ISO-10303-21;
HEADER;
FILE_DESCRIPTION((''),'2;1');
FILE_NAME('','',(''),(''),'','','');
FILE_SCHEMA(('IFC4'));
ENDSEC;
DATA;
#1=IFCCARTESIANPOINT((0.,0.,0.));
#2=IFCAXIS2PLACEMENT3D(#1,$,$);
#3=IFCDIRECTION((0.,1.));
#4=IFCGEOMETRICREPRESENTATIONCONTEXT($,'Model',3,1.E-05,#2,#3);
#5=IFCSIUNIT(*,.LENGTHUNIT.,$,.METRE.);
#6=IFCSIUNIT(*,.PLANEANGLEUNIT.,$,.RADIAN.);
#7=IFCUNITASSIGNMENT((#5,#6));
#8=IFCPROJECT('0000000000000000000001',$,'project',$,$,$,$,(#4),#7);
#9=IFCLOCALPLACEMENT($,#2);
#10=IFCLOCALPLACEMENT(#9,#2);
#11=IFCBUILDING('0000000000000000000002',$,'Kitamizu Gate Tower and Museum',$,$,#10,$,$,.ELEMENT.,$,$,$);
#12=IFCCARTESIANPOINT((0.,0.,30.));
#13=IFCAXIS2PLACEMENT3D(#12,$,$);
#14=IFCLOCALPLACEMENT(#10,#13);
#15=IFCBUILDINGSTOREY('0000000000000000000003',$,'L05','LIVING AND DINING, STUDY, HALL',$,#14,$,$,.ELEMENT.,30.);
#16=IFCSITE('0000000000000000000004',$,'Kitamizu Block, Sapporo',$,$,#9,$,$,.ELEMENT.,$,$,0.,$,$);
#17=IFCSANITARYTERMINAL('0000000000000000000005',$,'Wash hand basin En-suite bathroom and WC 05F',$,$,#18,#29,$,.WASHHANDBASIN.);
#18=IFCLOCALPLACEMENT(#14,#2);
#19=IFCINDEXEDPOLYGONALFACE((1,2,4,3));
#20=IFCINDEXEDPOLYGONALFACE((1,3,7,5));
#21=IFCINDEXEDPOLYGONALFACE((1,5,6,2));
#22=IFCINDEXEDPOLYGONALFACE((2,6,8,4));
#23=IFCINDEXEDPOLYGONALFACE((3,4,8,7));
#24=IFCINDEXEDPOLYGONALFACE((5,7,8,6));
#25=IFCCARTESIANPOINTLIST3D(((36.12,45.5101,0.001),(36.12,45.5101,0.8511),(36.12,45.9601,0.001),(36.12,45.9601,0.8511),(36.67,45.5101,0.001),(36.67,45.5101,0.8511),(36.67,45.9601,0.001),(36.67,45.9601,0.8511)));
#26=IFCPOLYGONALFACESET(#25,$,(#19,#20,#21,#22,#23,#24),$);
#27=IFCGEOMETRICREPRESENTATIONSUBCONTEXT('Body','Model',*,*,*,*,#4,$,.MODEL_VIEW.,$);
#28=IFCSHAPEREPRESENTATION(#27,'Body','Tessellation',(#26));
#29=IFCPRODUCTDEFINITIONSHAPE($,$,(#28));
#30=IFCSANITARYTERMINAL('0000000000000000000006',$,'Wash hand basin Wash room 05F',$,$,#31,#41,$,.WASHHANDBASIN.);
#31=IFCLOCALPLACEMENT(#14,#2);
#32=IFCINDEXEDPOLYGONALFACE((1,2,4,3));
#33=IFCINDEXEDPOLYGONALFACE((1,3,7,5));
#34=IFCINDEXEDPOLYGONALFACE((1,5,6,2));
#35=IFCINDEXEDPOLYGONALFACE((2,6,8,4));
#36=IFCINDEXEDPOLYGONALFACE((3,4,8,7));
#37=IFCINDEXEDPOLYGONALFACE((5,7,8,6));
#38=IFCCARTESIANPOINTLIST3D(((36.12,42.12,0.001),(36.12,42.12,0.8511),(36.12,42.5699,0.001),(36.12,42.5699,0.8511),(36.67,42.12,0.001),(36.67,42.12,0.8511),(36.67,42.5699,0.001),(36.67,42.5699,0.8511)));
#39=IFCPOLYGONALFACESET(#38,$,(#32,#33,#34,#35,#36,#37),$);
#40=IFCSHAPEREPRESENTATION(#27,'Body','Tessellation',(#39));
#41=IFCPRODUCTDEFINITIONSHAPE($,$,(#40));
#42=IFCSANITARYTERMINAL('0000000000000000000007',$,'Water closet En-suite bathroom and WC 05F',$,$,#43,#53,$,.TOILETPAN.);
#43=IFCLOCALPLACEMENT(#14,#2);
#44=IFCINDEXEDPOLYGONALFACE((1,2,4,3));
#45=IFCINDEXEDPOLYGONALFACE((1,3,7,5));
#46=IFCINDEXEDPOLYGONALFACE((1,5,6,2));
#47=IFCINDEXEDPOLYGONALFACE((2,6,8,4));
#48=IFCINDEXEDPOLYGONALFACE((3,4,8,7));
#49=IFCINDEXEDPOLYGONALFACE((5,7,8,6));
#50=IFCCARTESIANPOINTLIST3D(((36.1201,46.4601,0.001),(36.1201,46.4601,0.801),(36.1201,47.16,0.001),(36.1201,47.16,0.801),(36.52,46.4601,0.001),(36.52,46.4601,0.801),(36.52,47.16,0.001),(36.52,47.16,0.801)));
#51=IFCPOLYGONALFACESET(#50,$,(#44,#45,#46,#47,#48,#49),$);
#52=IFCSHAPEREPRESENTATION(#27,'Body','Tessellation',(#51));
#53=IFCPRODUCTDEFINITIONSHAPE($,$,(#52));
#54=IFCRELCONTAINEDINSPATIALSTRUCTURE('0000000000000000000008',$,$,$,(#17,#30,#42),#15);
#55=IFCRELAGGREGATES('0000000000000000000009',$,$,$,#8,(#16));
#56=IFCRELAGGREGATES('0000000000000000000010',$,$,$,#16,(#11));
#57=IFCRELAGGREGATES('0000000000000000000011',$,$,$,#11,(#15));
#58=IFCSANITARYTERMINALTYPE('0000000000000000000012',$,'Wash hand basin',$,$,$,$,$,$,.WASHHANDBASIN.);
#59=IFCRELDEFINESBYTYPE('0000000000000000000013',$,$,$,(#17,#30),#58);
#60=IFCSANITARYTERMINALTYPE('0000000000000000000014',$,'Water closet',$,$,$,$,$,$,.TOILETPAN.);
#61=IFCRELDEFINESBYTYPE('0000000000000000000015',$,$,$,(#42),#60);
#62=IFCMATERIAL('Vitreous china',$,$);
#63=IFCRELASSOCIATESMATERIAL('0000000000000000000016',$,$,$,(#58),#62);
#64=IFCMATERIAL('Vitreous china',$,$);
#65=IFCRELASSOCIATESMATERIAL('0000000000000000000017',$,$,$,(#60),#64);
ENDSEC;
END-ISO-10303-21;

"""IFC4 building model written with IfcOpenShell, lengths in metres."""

from ifc_helpers import new_model, si_unit, direction, frame, origin, origin_2d, place, context, subcontext, project, spatial, rectangle, extrude, material, type_object, element, save


model = new_model("IFC4")

# Units and contexts
model_context = context("Model", 3, precision=1e-05, world=origin(), true_north=direction((0.0, 1.0)))
body_context = subcontext(model_context, "Body", "Model", "MODEL_VIEW")
ifc_project = project(units=[si_unit("LENGTHUNIT", "METRE"), si_unit("PLANEANGLEUNIT", "RADIAN")], contexts=[model_context])

# Site, building, storey
site_placement = place(None, origin())
site = spatial("IfcSite", under=ifc_project, at=site_placement, Name="Kitamizu Block, Sapporo", CompositionType="ELEMENT", RefElevation=0.0)
building_placement = place(site_placement, origin())
building = spatial("IfcBuilding", under=site, at=building_placement, Name="Kitamizu Gate Tower and Museum", CompositionType="ELEMENT")
storey_placement = place(building_placement, frame((0.0, 0.0, 30.0)))
storey = spatial("IfcBuildingStorey", under=building, at=storey_placement, Name="L05", Description="LIVING AND DINING, STUDY, HALL", CompositionType="ELEMENT", Elevation=30.0)

# Sanitary terminals
ifc_material_1 = material(Name="Vitreous china")
sanitary_terminal_type_1 = type_object("IfcSanitaryTerminalType", Name="Wash hand basin", PredefinedType="WASHHANDBASIN", material=ifc_material_1)
for number, where, z_axis, x_axis, name in (
    (1, (36.395, 45.7351, 0.001), (0.0, 0.0, 1.0), (1.0, 0.0, 0.0), "Wash hand basin En-suite bathroom and WC 05F"),
    (2, (36.395, 42.345, 0.001), (0.0, 0.0, 1.0), (1.0, 0.0, 0.0), "Wash hand basin Wash room 05F"),
):
    element("IfcSanitaryTerminal", number, at=place(storey_placement, frame(where, z_axis=z_axis, x_axis=x_axis)), inside=storey, type_object=sanitary_terminal_type_1, Name=name, PredefinedType="WASHHANDBASIN", context=body_context, shape_type="SweptSolid", body=[
        extrude(rectangle(XDim=0.55, YDim=0.45, at=origin_2d()), origin(), (0.0, 0.0, 1.0), 0.8501),
    ])
ifc_material_2 = material(Name="Vitreous china")
sanitary_terminal_type_2 = type_object("IfcSanitaryTerminalType", Name="Water closet", PredefinedType="TOILETPAN", material=ifc_material_2)
sanitary_terminal_1_placement = place(storey_placement, frame((36.3201, 46.8101, 0.001), z_axis=(0.0, 0.0, 1.0), x_axis=(1.0, 0.0, 0.0)))
element("IfcSanitaryTerminal", 3, at=sanitary_terminal_1_placement, inside=storey, type_object=sanitary_terminal_type_2, Name="Water closet En-suite bathroom and WC 05F", PredefinedType="TOILETPAN", context=body_context, shape_type="SweptSolid", body=[
    extrude(rectangle(XDim=0.3999, YDim=0.7, at=origin_2d()), origin(), (0.0, 0.0, 1.0), 0.8),
])

save(model, "model.ifc")
